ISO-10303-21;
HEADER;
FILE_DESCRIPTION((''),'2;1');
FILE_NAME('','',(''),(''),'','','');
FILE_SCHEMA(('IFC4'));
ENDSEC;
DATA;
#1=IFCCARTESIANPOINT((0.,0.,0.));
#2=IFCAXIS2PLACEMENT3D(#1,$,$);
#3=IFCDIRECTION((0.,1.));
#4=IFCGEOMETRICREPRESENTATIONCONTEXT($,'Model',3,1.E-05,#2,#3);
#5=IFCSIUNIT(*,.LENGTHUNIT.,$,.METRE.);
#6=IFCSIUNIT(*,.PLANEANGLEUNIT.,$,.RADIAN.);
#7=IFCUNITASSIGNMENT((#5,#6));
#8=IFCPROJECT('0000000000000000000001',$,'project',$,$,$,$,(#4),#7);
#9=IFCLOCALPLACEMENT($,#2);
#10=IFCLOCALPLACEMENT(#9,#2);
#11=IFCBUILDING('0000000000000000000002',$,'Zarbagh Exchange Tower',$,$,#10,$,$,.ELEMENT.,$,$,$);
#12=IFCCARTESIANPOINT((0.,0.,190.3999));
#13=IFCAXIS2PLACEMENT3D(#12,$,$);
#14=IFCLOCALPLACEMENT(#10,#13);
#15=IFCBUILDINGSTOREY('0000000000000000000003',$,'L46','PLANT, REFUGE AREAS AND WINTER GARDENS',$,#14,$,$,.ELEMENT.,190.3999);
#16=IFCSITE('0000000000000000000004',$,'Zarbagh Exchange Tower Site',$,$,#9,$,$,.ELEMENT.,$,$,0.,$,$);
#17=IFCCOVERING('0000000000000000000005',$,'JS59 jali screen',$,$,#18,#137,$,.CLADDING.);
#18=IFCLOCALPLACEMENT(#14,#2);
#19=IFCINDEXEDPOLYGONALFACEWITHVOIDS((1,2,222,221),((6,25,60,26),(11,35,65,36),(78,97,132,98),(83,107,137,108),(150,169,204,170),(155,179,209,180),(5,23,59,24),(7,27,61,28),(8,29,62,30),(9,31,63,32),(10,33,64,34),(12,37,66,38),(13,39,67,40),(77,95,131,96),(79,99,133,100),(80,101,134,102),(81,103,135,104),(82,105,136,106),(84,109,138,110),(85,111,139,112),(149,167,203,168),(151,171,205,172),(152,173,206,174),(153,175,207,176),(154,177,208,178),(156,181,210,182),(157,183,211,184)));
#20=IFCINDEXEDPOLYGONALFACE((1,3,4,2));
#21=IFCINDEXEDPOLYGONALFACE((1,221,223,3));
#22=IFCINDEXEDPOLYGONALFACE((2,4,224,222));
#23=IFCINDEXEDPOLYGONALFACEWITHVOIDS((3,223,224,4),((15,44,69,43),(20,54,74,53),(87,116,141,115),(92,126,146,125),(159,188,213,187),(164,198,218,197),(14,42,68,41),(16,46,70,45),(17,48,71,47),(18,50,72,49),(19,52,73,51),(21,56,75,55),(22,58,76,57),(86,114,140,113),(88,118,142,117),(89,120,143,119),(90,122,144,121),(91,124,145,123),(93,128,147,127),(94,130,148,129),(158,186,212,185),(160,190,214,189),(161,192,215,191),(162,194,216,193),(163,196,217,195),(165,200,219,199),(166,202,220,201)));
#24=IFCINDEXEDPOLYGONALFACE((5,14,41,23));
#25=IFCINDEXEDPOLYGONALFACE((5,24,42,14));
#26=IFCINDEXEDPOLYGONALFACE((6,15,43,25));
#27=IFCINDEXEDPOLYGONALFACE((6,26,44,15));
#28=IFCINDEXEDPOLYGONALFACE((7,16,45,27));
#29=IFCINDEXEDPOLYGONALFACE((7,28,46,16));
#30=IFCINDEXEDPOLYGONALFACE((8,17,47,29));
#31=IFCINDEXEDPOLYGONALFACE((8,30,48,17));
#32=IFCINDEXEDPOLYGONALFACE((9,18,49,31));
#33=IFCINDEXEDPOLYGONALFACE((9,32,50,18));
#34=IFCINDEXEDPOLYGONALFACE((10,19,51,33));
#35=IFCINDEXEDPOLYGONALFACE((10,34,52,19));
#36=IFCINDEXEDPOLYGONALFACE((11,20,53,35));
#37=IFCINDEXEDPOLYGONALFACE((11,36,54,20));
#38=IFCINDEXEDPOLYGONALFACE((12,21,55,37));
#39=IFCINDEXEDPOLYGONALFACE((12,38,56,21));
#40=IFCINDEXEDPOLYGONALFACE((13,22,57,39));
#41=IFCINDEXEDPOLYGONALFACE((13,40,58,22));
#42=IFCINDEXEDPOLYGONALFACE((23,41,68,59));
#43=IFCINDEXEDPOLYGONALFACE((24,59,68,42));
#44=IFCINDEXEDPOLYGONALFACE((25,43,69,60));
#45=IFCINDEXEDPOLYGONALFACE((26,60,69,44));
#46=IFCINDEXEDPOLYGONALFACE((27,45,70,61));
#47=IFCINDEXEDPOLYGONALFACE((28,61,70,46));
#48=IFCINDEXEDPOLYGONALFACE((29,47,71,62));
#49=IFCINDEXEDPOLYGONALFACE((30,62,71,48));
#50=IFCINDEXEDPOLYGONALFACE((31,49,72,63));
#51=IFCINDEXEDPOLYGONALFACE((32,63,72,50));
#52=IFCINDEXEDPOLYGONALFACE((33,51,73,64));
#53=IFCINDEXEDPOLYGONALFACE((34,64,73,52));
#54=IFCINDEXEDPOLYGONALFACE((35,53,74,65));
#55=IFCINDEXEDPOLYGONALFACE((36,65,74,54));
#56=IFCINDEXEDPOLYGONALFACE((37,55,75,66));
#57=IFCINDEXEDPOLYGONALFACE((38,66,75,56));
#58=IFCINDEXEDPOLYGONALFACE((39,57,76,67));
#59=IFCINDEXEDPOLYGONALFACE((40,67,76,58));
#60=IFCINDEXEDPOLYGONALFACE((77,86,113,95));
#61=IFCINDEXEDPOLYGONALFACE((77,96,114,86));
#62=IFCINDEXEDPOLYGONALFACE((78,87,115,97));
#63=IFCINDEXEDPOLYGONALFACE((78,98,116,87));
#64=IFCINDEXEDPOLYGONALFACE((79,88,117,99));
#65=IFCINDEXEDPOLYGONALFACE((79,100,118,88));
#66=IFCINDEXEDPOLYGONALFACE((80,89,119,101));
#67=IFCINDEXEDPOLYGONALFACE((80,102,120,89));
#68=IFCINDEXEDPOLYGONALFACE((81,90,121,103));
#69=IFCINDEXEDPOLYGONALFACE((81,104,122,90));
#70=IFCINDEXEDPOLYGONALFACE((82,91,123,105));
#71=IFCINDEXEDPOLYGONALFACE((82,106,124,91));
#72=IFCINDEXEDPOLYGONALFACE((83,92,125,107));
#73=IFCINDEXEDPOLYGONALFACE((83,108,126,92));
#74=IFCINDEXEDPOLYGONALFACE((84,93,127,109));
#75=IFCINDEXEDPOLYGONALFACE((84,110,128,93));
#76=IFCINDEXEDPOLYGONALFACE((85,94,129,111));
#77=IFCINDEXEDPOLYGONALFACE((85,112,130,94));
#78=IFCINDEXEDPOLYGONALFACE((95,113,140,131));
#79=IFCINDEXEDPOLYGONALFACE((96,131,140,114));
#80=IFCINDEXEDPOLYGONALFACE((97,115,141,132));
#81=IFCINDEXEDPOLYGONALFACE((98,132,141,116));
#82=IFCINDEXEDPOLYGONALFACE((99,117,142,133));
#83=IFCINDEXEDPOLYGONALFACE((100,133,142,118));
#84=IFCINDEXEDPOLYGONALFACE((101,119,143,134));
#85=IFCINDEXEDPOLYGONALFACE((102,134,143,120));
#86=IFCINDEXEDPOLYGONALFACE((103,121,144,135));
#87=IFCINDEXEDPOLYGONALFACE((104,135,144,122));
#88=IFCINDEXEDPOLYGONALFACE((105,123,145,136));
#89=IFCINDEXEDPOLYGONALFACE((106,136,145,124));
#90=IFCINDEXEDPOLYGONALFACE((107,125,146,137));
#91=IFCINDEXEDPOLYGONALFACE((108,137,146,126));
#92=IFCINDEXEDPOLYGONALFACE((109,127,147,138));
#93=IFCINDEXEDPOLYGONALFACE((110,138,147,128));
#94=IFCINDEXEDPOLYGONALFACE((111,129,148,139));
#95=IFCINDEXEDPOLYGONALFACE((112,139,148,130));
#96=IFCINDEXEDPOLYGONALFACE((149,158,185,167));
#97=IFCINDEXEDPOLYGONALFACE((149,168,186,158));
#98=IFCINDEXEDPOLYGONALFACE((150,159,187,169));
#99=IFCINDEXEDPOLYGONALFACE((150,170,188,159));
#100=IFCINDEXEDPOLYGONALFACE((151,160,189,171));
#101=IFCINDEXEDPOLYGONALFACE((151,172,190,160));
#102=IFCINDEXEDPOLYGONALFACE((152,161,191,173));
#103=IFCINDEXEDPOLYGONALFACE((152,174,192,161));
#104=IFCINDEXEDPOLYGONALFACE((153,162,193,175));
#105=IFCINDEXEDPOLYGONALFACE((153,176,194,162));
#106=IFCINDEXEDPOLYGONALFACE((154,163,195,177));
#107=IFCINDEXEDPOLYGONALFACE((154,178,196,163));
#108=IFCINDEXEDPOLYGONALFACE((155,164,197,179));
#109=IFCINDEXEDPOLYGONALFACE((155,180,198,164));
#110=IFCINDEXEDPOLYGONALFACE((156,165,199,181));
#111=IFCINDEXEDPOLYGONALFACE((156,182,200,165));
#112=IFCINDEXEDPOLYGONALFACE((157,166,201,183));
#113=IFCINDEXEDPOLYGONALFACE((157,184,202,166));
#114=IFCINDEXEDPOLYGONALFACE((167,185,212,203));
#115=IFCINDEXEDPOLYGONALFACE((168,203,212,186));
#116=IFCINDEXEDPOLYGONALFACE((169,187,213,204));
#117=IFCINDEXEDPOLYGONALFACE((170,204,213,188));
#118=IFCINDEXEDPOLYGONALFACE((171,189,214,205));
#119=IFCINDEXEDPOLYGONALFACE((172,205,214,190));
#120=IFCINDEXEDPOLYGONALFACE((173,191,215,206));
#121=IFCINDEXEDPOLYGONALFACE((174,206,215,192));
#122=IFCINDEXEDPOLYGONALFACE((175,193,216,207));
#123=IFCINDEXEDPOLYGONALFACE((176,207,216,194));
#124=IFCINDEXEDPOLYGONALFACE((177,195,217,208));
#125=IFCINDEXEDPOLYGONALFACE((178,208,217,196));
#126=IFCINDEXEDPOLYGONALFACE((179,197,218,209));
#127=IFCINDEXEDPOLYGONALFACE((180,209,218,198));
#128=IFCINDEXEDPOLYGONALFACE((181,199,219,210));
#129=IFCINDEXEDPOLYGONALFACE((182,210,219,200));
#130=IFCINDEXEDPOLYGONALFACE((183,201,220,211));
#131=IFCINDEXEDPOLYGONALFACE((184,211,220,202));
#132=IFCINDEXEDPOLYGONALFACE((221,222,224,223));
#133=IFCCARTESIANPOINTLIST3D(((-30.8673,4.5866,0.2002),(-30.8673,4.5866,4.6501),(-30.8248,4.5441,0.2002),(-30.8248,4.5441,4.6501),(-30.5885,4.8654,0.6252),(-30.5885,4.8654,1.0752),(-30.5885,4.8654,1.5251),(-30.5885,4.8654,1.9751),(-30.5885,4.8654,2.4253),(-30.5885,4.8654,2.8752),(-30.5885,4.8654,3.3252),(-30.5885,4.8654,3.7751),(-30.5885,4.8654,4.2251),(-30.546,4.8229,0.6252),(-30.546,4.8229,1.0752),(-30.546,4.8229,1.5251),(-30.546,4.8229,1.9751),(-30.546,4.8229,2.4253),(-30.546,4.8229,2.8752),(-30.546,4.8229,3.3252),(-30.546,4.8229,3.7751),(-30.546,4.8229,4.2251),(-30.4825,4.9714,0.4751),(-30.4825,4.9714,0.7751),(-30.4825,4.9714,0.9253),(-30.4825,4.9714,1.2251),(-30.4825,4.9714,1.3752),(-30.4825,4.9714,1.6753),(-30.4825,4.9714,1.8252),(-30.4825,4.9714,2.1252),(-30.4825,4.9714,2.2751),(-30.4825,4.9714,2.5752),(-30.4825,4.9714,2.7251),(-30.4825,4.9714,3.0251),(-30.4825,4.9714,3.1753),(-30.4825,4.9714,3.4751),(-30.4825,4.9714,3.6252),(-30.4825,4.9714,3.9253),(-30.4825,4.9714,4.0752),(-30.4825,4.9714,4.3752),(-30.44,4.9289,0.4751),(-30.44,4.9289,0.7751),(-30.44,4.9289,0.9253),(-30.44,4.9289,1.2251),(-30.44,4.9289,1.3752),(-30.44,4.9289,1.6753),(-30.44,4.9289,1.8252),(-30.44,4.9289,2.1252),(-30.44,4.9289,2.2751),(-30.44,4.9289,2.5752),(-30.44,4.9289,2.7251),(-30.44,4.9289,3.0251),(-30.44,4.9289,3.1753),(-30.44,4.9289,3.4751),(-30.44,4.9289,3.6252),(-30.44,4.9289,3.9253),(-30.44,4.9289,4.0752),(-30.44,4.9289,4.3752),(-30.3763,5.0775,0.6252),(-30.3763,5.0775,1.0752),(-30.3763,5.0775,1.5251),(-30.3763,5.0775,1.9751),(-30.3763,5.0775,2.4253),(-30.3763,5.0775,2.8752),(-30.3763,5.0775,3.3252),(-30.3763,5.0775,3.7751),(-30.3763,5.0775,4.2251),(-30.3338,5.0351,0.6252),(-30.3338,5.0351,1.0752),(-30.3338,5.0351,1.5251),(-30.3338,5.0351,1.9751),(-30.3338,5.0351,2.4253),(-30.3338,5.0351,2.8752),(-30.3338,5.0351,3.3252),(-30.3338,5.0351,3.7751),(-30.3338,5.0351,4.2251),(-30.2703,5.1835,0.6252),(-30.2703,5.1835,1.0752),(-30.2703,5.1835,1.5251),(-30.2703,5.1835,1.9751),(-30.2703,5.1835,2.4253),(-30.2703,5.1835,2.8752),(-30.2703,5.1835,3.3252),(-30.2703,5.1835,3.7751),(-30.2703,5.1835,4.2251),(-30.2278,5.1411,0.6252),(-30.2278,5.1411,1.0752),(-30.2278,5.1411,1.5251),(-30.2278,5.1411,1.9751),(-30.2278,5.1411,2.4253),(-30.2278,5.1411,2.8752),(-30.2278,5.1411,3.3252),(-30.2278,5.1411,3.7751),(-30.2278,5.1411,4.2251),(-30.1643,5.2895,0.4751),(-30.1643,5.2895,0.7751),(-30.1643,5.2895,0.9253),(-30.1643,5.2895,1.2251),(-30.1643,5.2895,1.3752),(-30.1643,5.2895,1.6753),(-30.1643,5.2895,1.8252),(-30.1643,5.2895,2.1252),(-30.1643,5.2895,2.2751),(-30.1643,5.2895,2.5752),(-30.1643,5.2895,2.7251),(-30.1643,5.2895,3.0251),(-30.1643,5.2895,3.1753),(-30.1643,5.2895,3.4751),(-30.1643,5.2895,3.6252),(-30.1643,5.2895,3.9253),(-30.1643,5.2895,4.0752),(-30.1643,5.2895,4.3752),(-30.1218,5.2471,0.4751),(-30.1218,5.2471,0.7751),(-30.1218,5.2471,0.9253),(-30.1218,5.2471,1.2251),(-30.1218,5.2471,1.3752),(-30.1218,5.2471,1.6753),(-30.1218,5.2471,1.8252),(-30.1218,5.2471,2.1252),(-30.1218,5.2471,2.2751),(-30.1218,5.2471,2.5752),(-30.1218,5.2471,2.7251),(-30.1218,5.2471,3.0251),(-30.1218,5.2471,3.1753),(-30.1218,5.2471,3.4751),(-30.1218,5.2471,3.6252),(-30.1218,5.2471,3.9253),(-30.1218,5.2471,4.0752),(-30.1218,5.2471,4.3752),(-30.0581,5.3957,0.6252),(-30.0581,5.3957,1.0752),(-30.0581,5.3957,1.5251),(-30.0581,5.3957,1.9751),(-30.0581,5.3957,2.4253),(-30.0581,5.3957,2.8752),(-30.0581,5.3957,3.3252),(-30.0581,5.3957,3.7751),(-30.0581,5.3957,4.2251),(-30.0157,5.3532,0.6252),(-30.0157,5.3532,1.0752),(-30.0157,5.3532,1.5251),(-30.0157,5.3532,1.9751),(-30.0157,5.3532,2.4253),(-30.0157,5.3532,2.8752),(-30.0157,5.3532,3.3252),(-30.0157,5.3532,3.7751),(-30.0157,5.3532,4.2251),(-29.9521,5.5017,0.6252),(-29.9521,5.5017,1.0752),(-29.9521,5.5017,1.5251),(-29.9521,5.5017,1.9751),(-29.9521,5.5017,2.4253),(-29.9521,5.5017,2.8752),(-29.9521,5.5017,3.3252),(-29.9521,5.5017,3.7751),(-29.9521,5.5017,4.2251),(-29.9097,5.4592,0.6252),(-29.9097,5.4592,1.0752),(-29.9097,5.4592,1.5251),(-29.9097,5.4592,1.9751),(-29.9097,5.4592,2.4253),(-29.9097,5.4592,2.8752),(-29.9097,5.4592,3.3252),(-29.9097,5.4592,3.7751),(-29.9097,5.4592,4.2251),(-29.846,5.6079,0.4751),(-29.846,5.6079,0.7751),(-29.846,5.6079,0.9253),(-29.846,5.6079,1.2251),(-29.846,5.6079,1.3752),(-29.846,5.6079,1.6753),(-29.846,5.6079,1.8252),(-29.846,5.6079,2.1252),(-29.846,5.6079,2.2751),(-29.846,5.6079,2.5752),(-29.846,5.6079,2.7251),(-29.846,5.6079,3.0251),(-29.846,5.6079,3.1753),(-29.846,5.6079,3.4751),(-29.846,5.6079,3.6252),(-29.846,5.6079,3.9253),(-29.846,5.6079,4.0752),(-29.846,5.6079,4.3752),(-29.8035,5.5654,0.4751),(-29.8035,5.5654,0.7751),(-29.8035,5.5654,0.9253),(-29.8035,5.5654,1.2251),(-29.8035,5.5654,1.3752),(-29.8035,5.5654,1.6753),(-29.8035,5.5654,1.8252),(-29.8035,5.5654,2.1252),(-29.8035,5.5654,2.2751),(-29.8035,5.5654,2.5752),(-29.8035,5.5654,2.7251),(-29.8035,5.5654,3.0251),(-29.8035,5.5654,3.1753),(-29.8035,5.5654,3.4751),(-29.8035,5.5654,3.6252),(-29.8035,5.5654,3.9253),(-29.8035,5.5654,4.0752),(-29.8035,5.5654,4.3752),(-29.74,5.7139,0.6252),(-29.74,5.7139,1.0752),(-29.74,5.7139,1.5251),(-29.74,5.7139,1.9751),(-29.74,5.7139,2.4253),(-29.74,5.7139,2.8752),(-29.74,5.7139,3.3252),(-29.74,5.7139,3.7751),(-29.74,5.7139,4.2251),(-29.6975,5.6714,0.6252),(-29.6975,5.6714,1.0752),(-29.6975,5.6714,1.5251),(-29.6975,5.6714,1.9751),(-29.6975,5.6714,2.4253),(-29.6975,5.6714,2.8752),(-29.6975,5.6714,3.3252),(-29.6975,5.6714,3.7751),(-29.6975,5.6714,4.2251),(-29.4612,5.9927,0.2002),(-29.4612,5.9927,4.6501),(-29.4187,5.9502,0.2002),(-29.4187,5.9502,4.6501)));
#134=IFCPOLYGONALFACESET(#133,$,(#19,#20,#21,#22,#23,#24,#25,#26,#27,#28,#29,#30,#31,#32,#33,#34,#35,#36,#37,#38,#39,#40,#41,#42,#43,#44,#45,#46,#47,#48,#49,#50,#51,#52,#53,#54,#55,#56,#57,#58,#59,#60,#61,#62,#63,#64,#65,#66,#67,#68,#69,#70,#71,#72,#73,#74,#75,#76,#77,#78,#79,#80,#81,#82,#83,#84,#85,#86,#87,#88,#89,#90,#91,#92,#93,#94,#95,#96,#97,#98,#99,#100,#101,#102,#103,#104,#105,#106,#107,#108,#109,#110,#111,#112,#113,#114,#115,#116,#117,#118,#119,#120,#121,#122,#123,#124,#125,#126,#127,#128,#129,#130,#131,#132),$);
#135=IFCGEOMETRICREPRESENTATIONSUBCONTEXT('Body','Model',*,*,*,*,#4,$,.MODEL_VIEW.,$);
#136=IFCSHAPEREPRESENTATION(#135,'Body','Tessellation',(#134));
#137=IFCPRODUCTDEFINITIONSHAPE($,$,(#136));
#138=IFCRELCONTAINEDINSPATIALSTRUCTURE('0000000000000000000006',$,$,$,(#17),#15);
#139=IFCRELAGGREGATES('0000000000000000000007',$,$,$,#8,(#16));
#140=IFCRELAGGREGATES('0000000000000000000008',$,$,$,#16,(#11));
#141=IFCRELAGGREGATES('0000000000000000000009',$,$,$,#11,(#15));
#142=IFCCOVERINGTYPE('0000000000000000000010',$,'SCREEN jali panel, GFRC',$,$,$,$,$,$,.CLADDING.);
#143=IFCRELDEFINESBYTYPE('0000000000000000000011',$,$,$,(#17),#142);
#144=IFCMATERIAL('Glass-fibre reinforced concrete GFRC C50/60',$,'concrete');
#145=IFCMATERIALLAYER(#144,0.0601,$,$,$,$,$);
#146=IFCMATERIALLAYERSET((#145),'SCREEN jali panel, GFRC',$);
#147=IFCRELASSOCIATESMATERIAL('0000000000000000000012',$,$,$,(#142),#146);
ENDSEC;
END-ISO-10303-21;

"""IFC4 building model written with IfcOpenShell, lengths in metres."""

from ifc_helpers import new_model, si_unit, direction, frame, origin, place, context, subcontext, project, spatial, polyline, outline, extrude, source, transform, mapped, material, layer, layer_set, type_object, element, save


model = new_model("IFC4")

# Units and contexts
model_context = context("Model", 3, precision=1e-05, world=origin(), true_north=direction((0.0, 1.0)))
body_context = subcontext(model_context, "Body", "Model", "MODEL_VIEW")
ifc_project = project(units=[si_unit("LENGTHUNIT", "METRE"), si_unit("PLANEANGLEUNIT", "RADIAN")], contexts=[model_context])

# Site, building, storey
site_placement = place(None, origin())
site = spatial("IfcSite", under=ifc_project, at=site_placement, Name="Zarbagh Exchange Tower Site", CompositionType="ELEMENT", RefElevation=0.0)
building_placement = place(site_placement, origin())
building = spatial("IfcBuilding", under=site, at=building_placement, Name="Zarbagh Exchange Tower", CompositionType="ELEMENT")
storey_placement = place(building_placement, frame((0.0, 0.0, 190.3999)))
storey = spatial("IfcBuildingStorey", under=building, at=storey_placement, Name="L46", Description="PLANT, REFUGE AREAS AND WINTER GARDENS", CompositionType="ELEMENT", Elevation=190.3999)

# Shared definitions
ifc_material_1 = material(Name="Glass-fibre reinforced concrete GFRC C50/60", Category="concrete")
ifc_layer_1 = layer(ifc_material_1, 0.0601)
ifc_layer_set_1 = layer_set([ifc_layer_1], Name="SCREEN jali panel, GFRC")
covering_type = type_object("IfcCoveringType", Name="SCREEN jali panel, GFRC", PredefinedType="CLADDING", material=ifc_layer_set_1)
placement = place(storey_placement, origin())

# Covering
shared_shape_1 = source(origin(), body_context, "Body", "SweptSolid", [
    extrude(outline(polyline([(0.0, 0.0), (1.9885, 0.0), (1.9885, 4.45), (0.0, 4.45), (0.0, 0.0)]), holes=[polyline([(0.3943, 0.425), (0.5442, 0.2749), (0.6943, 0.425), (0.5442, 0.575), (0.3943, 0.425)]), polyline([(0.3943, 0.875), (0.5442, 0.7251), (0.6943, 0.875), (0.5442, 1.0249), (0.3943, 0.875)]), polyline([(0.3943, 1.325), (0.5442, 1.175), (0.6943, 1.325), (0.5442, 1.4751), (0.3943, 1.325)]), polyline([(0.3943, 1.7749), (0.5442, 1.625), (0.6943, 1.7749), (0.5442, 1.925), (0.3943, 1.7749)]), polyline([(0.3943, 2.2251), (0.5442, 2.075), (0.6943, 2.2251), (0.5442, 2.375), (0.3943, 2.2251)]), polyline([(0.3943, 2.675), (0.5442, 2.5249), (0.6943, 2.675), (0.5442, 2.825), (0.3943, 2.675)]), polyline([(0.3943, 3.125), (0.5442, 2.9751), (0.6943, 3.125), (0.5442, 3.2749), (0.3943, 3.125)]), polyline([(0.3943, 3.575), (0.5442, 3.425), (0.6943, 3.575), (0.5442, 3.7251), (0.3943, 3.575)]), polyline([(0.3943, 4.0249), (0.5442, 3.875), (0.6943, 4.0249), (0.5442, 4.175), (0.3943, 4.0249)]), polyline([(0.8442, 0.425), (0.9944, 0.2749), (1.1443, 0.425), (0.9944, 0.575), (0.8442, 0.425)]), polyline([(0.8442, 0.875), (0.9944, 0.7251), (1.1443, 0.875), (0.9944, 1.0249), (0.8442, 0.875)]), polyline([(0.8442, 1.325), (0.9944, 1.175), (1.1443, 1.325), (0.9944, 1.4751), (0.8442, 1.325)]), polyline([(0.8442, 1.7749), (0.9944, 1.625), (1.1443, 1.7749), (0.9944, 1.925), (0.8442, 1.7749)]), polyline([(0.8442, 2.2251), (0.9944, 2.075), (1.1443, 2.2251), (0.9944, 2.375), (0.8442, 2.2251)]), polyline([(0.8442, 2.675), (0.9944, 2.5249), (1.1443, 2.675), (0.9944, 2.825), (0.8442, 2.675)]), polyline([(0.8442, 3.125), (0.9944, 2.9751), (1.1443, 3.125), (0.9944, 3.2749), (0.8442, 3.125)]), polyline([(0.8442, 3.575), (0.9944, 3.425), (1.1443, 3.575), (0.9944, 3.7251), (0.8442, 3.575)]), polyline([(0.8442, 4.0249), (0.9944, 3.875), (1.1443, 4.0249), (0.9944, 4.175), (0.8442, 4.0249)]), polyline([(1.2942, 0.425), (1.4443, 0.2749), (1.5942, 0.425), (1.4443, 0.575), (1.2942, 0.425)]), polyline([(1.2942, 0.875), (1.4443, 0.7251), (1.5942, 0.875), (1.4443, 1.0249), (1.2942, 0.875)]), polyline([(1.2942, 1.325), (1.4443, 1.175), (1.5942, 1.325), (1.4443, 1.4751), (1.2942, 1.325)]), polyline([(1.2942, 1.7749), (1.4443, 1.625), (1.5942, 1.7749), (1.4443, 1.925), (1.2942, 1.7749)]), polyline([(1.2942, 2.2251), (1.4443, 2.075), (1.5942, 2.2251), (1.4443, 2.375), (1.2942, 2.2251)]), polyline([(1.2942, 2.675), (1.4443, 2.5249), (1.5942, 2.675), (1.4443, 2.825), (1.2942, 2.675)]), polyline([(1.2942, 3.125), (1.4443, 2.9751), (1.5942, 3.125), (1.4443, 3.2749), (1.2942, 3.125)]), polyline([(1.2942, 3.575), (1.4443, 3.425), (1.5942, 3.575), (1.4443, 3.7251), (1.2942, 3.575)]), polyline([(1.2942, 4.0249), (1.4443, 3.875), (1.5942, 4.0249), (1.4443, 4.175), (1.2942, 4.0249)])]), origin(), (0.0, 0.0, 1.0), 0.0601),
])
element("IfcCovering", 1, at=placement, inside=storey, type_object=covering_type, Name="JS59 jali screen", PredefinedType="CLADDING", context=body_context, shape_type="MappedRepresentation", body=[
    mapped(shared_shape_1, transform((-29.4187, 5.9502, 0.2002), x_axis=(-0.707107, -0.707107, 0.0), y_axis=(0.0, 0.0, 1.0), z_axis=(-0.707107, 0.707107, 0.0))),
])

save(model, "model.ifc")
